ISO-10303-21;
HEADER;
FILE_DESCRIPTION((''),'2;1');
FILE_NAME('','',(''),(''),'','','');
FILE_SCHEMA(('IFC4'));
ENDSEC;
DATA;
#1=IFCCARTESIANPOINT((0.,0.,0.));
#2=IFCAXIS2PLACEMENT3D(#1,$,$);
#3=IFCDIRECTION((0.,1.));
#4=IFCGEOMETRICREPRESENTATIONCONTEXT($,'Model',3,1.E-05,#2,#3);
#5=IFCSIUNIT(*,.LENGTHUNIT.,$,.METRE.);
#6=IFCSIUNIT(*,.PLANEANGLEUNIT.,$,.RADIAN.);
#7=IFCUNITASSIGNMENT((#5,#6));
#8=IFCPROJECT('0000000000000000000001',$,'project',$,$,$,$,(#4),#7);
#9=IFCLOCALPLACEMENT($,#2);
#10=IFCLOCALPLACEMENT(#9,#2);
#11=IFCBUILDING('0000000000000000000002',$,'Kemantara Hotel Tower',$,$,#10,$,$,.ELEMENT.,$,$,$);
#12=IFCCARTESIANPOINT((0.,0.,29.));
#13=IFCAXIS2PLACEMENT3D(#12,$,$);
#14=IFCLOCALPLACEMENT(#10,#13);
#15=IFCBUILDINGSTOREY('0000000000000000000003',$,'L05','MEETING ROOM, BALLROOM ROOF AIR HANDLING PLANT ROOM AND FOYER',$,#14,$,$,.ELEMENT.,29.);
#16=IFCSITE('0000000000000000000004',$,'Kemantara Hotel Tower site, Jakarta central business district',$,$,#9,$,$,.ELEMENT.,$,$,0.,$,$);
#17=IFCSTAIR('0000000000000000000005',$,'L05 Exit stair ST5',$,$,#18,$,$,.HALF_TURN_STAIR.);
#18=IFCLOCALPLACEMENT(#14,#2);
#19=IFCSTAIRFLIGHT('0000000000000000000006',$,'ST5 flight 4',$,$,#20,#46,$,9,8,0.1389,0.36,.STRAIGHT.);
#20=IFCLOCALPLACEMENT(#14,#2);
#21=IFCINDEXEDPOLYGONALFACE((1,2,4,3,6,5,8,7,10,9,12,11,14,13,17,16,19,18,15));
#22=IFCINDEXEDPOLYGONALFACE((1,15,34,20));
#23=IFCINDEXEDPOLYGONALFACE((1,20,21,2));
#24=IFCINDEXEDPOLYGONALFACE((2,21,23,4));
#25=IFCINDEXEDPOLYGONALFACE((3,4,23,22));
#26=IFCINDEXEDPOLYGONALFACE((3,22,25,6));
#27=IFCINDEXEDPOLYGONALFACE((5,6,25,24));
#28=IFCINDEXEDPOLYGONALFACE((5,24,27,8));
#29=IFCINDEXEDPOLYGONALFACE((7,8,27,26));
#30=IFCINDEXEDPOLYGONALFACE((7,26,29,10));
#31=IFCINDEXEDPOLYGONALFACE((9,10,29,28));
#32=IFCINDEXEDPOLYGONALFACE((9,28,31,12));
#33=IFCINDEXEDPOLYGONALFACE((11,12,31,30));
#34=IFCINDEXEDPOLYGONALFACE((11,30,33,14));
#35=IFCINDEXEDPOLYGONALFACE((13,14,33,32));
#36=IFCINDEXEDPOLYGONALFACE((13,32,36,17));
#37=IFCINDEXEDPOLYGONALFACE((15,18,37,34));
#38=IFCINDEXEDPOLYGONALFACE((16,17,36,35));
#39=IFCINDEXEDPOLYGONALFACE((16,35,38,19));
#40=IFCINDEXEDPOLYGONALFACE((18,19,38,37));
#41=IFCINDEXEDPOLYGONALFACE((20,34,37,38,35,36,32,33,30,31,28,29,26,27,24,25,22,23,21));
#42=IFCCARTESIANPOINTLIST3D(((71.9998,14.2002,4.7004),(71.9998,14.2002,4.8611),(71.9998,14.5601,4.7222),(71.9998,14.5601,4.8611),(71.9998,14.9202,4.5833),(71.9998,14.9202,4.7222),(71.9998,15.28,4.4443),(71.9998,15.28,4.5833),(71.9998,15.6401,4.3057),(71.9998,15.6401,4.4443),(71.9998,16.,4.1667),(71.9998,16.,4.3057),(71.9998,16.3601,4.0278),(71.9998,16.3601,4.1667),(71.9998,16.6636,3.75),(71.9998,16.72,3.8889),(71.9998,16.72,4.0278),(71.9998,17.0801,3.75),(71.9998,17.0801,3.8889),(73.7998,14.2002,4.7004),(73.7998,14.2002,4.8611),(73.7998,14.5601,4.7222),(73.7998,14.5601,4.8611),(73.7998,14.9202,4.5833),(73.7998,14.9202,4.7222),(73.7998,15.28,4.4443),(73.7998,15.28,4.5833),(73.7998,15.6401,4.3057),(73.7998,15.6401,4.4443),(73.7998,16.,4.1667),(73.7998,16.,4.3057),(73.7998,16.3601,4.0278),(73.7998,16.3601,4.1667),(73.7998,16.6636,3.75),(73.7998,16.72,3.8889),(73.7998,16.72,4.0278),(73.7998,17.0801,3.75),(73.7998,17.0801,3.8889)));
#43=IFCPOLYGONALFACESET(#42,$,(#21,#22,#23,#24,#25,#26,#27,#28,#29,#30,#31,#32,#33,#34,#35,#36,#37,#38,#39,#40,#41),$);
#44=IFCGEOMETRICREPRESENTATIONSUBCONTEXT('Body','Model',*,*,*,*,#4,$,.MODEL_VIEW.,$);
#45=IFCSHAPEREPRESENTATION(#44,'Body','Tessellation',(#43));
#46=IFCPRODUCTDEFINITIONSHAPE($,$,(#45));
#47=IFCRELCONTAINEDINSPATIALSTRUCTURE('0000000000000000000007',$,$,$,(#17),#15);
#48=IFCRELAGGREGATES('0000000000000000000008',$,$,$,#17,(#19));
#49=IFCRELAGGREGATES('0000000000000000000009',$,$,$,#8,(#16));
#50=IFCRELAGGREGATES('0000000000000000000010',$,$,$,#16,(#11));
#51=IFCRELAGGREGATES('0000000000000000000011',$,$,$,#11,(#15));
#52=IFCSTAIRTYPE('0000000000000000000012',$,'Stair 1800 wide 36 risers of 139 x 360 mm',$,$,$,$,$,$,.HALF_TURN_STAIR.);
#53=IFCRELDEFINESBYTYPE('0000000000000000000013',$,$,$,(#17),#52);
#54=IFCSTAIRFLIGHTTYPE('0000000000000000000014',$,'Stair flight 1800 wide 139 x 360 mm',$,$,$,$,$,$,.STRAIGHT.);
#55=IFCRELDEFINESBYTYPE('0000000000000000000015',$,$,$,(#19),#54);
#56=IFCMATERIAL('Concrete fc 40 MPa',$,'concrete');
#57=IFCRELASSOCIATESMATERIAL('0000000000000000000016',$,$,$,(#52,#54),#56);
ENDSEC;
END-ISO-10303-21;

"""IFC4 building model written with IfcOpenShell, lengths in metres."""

from ifc_helpers import new_model, si_unit, direction, frame, origin, place, context, subcontext, project, spatial, polyline, outline, extrude, material, type_object, element, aggregate, save


model = new_model("IFC4")

# Units and contexts
model_context = context("Model", 3, precision=1e-05, world=origin(), true_north=direction((0.0, 1.0)))
body_context = subcontext(model_context, "Body", "Model", "MODEL_VIEW")
ifc_project = project(units=[si_unit("LENGTHUNIT", "METRE"), si_unit("PLANEANGLEUNIT", "RADIAN")], contexts=[model_context])

# Site, building, storey
site_placement = place(None, origin())
site = spatial("IfcSite", under=ifc_project, at=site_placement, Name="Kemantara Hotel Tower site, Jakarta central business district", CompositionType="ELEMENT", RefElevation=0.0)
building_placement = place(site_placement, origin())
building = spatial("IfcBuilding", under=site, at=building_placement, Name="Kemantara Hotel Tower", CompositionType="ELEMENT")
storey_placement = place(building_placement, frame((0.0, 0.0, 29.0)))
storey = spatial("IfcBuildingStorey", under=building, at=storey_placement, Name="L05", Description="MEETING ROOM, BALLROOM ROOF AIR HANDLING PLANT ROOM AND FOYER", CompositionType="ELEMENT", Elevation=29.0)

# Shared definitions
ifc_material_1 = material(Name="Concrete fc 40 MPa", Category="concrete")

# Stair, stair flight
stair_type = type_object("IfcStairType", Name="Stair 1800 wide 36 risers of 139 x 360 mm", PredefinedType="HALF_TURN_STAIR", material=ifc_material_1)
stair_placement = place(storey_placement, origin())
stair = element("IfcStair", 1, at=stair_placement, inside=storey, type_object=stair_type, Name="L05 Exit stair ST5", PredefinedType="HALF_TURN_STAIR")
stair_flight_type = type_object("IfcStairFlightType", Name="Stair flight 1800 wide 139 x 360 mm", PredefinedType="STRAIGHT", material=ifc_material_1)
stair_flight_1_placement = place(storey_placement, frame((72.8999, 17.0801, 3.75), z_axis=(0.0, 0.0, 1.0), x_axis=(0.0, -1.0, 0.0)))
stair_flight_1 = element("IfcStairFlight", 2, at=stair_flight_1_placement, type_object=stair_flight_type, Name="ST5 flight 4", NumberOfRisers=9, NumberOfTreads=8, PredefinedType="STRAIGHT", RiserHeight=0.1389, TreadLength=0.36, context=body_context, shape_type="SweptSolid", body=[
    extrude(outline(polyline([(0.0, 0.0), (0.0, 0.1389), (0.3601, 0.1389), (0.3601, 0.2778), (0.72, 0.2778), (0.72, 0.4167), (1.0801, 0.4167), (1.0801, 0.5557), (1.4399, 0.5557), (1.4399, 0.6943), (1.8, 0.6943), (1.8, 0.8333), (2.1599, 0.8333), (2.1599, 0.9722), (2.52, 0.9722), (2.52, 1.1111), (2.8799, 1.1111), (2.8799, 1.25), (2.8799, 0.9504), (0.4165, 0.0), (0.0, 0.0)])), frame((0.0, 0.8999, 0.0), z_axis=(0.0, -1.0, 0.0), x_axis=(1.0, 0.0, 0.0)), (0.0, 0.0, 1.0), 1.8),
])
aggregate(stair, [stair_flight_1])

save(model, "model.ifc")
